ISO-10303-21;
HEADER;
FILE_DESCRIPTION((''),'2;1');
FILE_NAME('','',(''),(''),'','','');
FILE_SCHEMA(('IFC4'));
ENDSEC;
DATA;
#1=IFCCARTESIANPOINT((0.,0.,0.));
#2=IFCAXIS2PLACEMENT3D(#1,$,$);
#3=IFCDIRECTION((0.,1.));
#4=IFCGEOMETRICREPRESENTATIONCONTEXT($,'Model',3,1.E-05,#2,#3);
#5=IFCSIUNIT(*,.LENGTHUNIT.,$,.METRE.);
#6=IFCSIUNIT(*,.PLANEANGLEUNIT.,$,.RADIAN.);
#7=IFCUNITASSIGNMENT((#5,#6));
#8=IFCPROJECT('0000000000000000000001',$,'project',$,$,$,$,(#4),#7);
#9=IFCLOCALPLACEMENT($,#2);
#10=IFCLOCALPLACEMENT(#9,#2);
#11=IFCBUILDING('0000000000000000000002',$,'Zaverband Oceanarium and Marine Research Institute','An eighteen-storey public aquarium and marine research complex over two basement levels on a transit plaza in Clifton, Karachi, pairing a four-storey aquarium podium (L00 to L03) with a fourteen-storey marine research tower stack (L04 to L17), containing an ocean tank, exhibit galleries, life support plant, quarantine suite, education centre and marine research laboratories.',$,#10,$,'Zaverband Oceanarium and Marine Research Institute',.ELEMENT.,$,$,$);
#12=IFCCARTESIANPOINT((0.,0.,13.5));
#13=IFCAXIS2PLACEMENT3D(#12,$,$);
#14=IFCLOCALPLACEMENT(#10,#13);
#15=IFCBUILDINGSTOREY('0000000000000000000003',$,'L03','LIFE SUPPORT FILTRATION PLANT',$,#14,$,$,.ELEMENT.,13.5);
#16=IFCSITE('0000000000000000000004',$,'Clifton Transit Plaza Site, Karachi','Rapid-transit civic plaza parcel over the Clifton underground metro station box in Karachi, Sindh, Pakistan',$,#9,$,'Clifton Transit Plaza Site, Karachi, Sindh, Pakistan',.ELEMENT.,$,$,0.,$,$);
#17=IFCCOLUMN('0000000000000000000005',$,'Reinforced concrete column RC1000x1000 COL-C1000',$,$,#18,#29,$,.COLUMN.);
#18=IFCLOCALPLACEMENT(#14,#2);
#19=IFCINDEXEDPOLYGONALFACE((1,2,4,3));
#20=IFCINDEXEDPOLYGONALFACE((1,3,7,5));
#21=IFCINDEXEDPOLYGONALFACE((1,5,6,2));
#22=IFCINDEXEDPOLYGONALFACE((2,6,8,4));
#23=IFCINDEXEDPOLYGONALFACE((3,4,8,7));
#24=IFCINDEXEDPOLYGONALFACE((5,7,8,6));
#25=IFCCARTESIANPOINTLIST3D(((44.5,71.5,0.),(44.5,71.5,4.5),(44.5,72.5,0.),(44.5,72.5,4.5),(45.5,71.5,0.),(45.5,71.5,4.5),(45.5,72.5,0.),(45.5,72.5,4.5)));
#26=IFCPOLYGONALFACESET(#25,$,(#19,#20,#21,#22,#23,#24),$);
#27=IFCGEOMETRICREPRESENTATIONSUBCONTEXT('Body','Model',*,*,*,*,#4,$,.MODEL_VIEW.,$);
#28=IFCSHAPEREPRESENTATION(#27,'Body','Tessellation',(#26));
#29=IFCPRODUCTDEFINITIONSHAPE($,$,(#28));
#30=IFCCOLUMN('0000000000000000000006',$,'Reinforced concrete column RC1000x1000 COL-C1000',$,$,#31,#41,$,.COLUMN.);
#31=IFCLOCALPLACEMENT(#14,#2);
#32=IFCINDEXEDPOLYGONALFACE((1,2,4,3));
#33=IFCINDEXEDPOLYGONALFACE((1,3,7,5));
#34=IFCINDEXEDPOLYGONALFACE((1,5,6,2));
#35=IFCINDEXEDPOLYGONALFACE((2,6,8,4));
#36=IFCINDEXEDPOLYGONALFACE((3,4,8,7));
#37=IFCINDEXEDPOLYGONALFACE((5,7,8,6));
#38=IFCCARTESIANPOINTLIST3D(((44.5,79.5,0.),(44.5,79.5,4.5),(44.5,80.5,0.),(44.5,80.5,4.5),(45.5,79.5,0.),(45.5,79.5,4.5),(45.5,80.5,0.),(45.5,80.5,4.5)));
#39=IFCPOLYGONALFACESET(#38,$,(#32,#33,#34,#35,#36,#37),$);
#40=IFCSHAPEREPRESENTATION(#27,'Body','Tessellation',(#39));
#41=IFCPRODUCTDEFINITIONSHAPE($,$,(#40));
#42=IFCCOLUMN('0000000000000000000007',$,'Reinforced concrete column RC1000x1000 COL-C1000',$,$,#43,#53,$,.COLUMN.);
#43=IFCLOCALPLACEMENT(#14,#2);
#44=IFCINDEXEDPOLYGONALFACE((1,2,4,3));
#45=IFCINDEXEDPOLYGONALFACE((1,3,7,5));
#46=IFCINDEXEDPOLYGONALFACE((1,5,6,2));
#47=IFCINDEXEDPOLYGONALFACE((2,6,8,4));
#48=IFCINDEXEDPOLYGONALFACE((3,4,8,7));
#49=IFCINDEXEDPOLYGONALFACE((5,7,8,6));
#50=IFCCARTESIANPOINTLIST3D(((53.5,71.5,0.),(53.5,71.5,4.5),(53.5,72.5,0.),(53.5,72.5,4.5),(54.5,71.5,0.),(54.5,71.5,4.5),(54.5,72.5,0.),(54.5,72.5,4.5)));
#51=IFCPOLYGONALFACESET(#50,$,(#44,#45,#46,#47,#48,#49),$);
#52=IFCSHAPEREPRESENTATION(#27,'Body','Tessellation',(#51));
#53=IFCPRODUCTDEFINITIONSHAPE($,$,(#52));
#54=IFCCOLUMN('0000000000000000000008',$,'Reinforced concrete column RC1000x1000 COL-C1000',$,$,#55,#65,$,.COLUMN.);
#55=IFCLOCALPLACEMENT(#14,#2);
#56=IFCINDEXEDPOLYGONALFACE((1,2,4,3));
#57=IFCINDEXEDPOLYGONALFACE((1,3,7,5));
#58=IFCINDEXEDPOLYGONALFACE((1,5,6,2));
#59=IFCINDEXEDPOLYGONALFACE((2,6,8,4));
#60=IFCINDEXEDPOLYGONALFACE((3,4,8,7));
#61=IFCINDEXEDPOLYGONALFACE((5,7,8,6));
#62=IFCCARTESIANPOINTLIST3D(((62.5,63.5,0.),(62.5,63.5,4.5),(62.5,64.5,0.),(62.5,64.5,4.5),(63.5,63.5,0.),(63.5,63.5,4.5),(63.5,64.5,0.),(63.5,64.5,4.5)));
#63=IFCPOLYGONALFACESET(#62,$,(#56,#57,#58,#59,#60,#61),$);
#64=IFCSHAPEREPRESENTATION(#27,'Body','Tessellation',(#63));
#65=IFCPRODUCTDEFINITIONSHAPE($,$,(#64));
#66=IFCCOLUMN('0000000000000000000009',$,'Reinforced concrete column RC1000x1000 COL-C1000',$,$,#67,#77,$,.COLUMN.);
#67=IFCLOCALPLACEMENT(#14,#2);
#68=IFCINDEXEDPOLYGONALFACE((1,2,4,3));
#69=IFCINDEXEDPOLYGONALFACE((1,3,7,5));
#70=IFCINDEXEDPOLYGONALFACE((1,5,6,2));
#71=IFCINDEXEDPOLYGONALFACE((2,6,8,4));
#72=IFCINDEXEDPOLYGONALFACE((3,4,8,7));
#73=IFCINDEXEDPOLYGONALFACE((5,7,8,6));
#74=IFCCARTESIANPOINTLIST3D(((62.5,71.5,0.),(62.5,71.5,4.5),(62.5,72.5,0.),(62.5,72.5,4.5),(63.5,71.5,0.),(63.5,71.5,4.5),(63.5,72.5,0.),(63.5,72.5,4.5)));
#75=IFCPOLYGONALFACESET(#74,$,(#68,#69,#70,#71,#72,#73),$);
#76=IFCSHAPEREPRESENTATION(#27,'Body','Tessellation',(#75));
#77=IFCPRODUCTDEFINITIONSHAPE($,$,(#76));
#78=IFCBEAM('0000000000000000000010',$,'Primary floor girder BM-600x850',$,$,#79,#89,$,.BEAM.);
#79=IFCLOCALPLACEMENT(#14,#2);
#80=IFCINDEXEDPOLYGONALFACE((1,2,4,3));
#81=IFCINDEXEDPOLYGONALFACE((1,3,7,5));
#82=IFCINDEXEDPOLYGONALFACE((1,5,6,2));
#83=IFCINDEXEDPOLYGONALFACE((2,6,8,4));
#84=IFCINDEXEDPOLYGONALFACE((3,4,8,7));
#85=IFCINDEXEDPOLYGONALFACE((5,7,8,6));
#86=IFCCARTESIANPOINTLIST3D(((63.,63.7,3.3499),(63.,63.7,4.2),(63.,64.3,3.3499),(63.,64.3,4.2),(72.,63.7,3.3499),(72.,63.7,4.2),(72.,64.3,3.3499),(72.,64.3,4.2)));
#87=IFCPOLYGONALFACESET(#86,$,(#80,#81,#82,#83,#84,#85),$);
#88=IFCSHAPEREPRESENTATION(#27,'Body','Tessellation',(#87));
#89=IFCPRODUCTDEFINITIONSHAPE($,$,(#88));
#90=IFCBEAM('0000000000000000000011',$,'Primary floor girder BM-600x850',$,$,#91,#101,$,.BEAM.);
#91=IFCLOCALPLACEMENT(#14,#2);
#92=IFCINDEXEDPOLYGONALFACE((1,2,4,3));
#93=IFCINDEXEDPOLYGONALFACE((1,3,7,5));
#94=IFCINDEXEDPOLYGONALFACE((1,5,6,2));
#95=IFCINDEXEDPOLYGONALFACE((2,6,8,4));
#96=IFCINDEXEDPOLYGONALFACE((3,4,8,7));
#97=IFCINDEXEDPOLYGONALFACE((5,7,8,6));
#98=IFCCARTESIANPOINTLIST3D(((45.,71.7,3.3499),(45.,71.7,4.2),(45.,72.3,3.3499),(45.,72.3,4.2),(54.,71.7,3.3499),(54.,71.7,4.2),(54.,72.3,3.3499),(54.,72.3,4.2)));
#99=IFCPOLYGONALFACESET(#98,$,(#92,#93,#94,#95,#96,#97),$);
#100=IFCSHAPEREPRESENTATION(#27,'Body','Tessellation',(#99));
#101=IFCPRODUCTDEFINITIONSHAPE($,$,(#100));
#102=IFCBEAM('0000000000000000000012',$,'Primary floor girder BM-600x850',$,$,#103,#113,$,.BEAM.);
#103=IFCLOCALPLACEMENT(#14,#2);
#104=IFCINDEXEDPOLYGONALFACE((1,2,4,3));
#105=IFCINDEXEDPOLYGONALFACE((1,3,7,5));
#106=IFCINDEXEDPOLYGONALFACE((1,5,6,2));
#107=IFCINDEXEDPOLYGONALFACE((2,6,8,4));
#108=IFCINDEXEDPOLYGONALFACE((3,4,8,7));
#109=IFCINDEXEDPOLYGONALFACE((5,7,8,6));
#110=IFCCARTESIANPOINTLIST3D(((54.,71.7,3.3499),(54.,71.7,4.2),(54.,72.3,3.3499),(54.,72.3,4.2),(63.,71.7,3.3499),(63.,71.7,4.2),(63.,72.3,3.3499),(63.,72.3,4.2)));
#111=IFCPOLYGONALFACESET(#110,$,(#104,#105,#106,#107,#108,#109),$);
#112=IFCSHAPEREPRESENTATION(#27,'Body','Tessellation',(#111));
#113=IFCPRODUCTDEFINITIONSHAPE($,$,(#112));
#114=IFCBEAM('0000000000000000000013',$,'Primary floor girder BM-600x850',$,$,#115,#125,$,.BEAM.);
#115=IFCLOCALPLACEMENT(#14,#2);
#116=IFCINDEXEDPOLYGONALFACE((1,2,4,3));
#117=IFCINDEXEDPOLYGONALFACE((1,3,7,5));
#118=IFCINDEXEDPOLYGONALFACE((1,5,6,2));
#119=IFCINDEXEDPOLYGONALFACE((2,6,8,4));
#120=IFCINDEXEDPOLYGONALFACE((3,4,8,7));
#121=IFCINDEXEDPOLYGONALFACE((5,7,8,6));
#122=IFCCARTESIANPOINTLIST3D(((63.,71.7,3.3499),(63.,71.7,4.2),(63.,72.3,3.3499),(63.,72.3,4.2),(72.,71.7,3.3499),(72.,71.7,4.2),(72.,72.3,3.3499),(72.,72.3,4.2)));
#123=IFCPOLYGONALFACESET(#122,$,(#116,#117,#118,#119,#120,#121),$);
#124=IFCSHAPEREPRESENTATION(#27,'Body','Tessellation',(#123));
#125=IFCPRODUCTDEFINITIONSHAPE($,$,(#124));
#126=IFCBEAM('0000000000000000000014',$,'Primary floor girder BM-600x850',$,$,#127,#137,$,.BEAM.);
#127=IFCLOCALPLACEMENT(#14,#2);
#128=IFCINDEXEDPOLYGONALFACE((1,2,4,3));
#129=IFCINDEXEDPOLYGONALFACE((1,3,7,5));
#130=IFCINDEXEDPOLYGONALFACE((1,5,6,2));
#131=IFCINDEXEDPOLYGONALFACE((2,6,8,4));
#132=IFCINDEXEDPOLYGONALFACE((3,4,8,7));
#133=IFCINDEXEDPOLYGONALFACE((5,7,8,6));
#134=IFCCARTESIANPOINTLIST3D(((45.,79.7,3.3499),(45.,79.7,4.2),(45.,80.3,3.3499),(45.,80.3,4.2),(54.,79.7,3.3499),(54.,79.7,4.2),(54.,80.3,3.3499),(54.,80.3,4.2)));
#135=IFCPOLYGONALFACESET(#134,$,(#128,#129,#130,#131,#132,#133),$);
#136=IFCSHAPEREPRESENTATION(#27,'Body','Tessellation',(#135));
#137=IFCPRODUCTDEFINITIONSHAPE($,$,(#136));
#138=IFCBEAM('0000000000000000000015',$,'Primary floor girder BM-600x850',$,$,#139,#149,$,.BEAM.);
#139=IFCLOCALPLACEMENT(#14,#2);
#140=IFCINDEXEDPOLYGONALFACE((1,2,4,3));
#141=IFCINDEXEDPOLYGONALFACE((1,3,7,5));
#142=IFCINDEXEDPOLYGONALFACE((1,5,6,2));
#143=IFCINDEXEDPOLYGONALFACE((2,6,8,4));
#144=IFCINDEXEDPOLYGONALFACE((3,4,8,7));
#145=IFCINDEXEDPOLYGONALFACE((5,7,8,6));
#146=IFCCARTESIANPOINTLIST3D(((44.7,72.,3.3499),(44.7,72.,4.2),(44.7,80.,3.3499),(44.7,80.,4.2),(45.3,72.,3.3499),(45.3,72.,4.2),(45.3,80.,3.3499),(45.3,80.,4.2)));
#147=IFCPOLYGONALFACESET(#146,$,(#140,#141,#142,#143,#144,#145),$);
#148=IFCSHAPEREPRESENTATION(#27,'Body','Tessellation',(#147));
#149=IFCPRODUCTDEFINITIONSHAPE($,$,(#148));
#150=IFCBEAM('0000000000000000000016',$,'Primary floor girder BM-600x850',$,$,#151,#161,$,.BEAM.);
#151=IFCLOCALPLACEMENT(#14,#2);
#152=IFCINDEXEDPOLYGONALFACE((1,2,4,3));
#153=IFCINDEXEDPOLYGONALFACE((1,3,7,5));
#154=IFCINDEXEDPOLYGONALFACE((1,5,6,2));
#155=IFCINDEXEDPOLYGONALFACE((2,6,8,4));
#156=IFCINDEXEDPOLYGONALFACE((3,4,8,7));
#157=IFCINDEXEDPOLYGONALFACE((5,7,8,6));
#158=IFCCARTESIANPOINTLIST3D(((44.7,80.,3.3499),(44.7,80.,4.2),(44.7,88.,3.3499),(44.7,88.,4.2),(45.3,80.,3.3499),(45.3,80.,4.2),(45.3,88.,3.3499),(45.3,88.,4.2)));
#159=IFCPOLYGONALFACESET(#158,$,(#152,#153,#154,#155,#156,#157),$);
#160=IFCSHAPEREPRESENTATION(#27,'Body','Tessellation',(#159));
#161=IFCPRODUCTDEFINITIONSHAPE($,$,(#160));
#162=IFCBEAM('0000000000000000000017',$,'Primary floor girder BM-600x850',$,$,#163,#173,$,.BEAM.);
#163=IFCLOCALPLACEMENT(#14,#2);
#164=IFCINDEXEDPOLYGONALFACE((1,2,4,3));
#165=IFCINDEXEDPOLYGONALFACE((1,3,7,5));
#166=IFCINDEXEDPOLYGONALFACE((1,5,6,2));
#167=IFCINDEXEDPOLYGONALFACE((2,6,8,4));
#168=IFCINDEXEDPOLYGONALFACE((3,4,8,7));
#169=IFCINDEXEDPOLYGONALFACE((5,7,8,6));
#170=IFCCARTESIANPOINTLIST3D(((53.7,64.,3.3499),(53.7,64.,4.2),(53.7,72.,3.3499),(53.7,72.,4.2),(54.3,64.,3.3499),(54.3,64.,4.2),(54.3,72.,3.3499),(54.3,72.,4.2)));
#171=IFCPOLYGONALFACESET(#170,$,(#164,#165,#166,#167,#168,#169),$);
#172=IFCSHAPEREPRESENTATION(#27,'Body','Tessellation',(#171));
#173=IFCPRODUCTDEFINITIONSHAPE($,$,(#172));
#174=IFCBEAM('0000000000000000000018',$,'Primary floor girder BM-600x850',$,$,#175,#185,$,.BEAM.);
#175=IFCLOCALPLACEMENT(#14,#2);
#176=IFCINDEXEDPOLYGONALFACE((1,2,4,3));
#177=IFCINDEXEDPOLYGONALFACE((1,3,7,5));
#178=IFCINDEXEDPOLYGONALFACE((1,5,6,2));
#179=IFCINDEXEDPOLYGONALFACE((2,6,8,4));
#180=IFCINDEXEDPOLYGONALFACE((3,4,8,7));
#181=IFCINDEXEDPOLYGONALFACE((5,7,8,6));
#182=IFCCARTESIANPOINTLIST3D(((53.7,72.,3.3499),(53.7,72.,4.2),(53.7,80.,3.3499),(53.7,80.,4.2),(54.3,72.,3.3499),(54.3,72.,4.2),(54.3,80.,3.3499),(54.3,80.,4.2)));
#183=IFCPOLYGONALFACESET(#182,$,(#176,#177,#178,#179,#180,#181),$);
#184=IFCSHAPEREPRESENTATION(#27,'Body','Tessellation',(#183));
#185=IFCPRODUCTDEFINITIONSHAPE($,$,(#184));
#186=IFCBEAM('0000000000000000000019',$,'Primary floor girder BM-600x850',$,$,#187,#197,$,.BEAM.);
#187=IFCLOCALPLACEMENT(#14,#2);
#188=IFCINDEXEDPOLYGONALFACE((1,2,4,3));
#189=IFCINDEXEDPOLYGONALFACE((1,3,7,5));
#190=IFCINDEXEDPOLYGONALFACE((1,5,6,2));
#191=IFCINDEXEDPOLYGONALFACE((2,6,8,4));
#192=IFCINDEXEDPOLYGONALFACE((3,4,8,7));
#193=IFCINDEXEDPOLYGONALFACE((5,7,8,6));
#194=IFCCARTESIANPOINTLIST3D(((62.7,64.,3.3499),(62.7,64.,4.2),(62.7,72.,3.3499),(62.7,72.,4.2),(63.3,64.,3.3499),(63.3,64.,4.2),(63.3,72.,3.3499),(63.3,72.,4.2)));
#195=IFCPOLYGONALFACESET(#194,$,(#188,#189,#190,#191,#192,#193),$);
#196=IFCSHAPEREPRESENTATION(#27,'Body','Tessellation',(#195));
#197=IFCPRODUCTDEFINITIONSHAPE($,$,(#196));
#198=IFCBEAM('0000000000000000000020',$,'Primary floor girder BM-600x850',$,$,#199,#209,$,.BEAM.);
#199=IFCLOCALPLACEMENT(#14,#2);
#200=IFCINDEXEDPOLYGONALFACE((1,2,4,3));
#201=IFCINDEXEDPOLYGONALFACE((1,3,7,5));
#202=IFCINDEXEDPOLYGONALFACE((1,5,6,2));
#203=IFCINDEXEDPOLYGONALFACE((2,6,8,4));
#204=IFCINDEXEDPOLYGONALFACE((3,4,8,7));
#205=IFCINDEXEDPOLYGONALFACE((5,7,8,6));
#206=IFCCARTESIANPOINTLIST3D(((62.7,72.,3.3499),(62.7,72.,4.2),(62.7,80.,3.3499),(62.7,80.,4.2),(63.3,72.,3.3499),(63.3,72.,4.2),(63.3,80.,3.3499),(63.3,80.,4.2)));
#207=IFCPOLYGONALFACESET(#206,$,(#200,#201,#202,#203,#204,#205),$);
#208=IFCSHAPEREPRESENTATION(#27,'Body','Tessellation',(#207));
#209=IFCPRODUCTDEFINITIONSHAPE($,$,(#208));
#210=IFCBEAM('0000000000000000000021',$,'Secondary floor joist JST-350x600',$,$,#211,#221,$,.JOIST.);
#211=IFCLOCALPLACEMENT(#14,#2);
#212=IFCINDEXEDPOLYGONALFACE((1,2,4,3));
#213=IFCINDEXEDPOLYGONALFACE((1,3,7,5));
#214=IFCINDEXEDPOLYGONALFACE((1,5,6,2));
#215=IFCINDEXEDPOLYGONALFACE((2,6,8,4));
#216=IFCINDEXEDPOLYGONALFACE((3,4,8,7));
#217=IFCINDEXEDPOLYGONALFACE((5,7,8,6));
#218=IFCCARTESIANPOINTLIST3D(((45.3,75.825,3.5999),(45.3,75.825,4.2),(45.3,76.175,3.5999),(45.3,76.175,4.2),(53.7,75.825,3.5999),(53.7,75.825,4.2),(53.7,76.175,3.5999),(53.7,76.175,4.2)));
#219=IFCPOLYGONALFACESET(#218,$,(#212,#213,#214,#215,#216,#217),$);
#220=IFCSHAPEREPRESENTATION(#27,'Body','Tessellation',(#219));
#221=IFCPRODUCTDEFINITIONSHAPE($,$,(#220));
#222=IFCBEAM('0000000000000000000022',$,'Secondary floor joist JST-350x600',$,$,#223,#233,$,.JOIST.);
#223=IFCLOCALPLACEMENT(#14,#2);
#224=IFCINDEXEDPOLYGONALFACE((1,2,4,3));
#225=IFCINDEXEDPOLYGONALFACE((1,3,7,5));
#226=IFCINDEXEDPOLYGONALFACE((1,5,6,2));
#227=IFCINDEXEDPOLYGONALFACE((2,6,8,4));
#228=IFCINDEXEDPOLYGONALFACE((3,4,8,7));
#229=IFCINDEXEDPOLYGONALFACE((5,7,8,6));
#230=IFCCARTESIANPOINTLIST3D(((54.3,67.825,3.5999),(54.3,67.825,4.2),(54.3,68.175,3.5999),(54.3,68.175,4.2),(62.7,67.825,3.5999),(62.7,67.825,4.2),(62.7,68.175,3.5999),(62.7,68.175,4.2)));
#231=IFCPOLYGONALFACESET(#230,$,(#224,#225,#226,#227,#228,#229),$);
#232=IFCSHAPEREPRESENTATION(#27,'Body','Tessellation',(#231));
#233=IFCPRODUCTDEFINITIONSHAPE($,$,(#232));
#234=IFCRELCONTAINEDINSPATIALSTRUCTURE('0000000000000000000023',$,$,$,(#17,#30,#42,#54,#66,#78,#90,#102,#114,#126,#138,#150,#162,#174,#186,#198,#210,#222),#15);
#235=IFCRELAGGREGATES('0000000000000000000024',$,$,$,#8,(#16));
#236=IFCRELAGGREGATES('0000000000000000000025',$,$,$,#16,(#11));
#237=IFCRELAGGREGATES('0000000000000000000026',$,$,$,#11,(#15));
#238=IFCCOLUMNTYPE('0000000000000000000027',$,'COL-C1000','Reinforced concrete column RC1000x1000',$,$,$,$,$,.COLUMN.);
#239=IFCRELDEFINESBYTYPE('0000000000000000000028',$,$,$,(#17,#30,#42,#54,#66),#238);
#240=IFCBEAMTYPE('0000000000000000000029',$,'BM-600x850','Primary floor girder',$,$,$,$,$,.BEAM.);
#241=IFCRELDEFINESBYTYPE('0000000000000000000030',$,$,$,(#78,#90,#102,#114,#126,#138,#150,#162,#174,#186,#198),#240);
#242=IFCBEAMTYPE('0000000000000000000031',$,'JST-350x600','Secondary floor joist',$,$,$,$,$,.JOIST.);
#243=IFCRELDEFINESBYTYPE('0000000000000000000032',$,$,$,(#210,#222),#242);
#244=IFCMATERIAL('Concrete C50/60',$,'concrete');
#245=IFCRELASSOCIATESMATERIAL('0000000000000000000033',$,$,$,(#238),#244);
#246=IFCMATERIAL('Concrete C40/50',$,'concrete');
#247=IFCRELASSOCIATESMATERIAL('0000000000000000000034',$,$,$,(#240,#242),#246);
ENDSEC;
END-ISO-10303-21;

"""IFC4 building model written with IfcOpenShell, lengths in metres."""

from ifc_helpers import new_model, si_unit, direction, frame, origin, origin_2d, place, context, subcontext, project, spatial, rectangle, extrude, material, material_profile, profile_set, type_object, element, save


model = new_model("IFC4")

# Units and contexts
model_context = context("Model", 3, precision=1e-05, world=origin(), true_north=direction((0.0, 1.0)))
body_context = subcontext(model_context, "Body", "Model", "MODEL_VIEW")
ifc_project = project(units=[si_unit("LENGTHUNIT", "METRE"), si_unit("PLANEANGLEUNIT", "RADIAN")], contexts=[model_context])

# Site, building, storey
site_placement = place(None, origin())
site = spatial("IfcSite", under=ifc_project, at=site_placement, Name="Clifton Transit Plaza Site, Karachi", Description="Rapid-transit civic plaza parcel over the Clifton underground metro station box in Karachi, Sindh, Pakistan", LongName="Clifton Transit Plaza Site, Karachi, Sindh, Pakistan", CompositionType="ELEMENT", RefElevation=0.0)
building_placement = place(site_placement, origin())
building = spatial("IfcBuilding", under=site, at=building_placement, Name="Zaverband Oceanarium and Marine Research Institute", Description="An eighteen-storey public aquarium and marine research complex over two basement levels on a transit plaza in Clifton, Karachi, pairing a four-storey aquarium podium (L00 to L03) with a fourteen-storey marine research tower stack (L04 to L17), containing an ocean tank, exhibit galleries, life support plant, quarantine suite, education centre and marine research laboratories.", LongName="Zaverband Oceanarium and Marine Research Institute", CompositionType="ELEMENT")
storey_placement = place(building_placement, frame((0.0, 0.0, 13.5)))
storey = spatial("IfcBuildingStorey", under=building, at=storey_placement, Name="L03", Description="LIFE SUPPORT FILTRATION PLANT", CompositionType="ELEMENT", Elevation=13.5)

# Columns
ifc_material_1 = material(Name="Concrete C50/60", Category="concrete")
ifc_material_profile_1 = material_profile(ifc_material_1, rectangle(XDim=1.0, YDim=1.0, at=origin_2d()), Name="RC1000x1000")
ifc_profile_set_1 = profile_set([ifc_material_profile_1], Name="Concrete C50/60")
column_type = type_object("IfcColumnType", Name="COL-C1000", Description="Reinforced concrete column RC1000x1000", PredefinedType="COLUMN", material=ifc_profile_set_1)
for number, where, z_axis, x_axis, name in (
    (1, (45.0, 72.0, 0.0), (0.0, 0.0, 1.0), (1.0, 0.0, 0.0), "Reinforced concrete column RC1000x1000 COL-C1000"),
    (2, (45.0, 80.0, 0.0), (0.0, 0.0, 1.0), (1.0, 0.0, 0.0), "Reinforced concrete column RC1000x1000 COL-C1000"),
    (3, (54.0, 72.0, 0.0), (0.0, 0.0, 1.0), (1.0, 0.0, 0.0), "Reinforced concrete column RC1000x1000 COL-C1000"),
    (4, (63.0, 64.0, 0.0), (0.0, 0.0, 1.0), (1.0, 0.0, 0.0), "Reinforced concrete column RC1000x1000 COL-C1000"),
    (5, (63.0, 72.0, 0.0), (0.0, 0.0, 1.0), (1.0, 0.0, 0.0), "Reinforced concrete column RC1000x1000 COL-C1000"),
):
    element("IfcColumn", number, at=place(storey_placement, frame(where, z_axis=z_axis, x_axis=x_axis)), inside=storey, type_object=column_type, Name=name, PredefinedType="COLUMN", context=body_context, shape_type="SweptSolid", body=[
        extrude(rectangle(XDim=1.0, YDim=1.0, at=origin_2d()), origin(), (0.0, 0.0, 1.0), 4.5),
    ])

# Beams
ifc_material_2 = material(Name="Concrete C40/50", Category="concrete")
ifc_material_profile_2 = material_profile(ifc_material_2, rectangle(XDim=0.6001, YDim=0.8501, at=origin_2d()), Name="RC600x850")
ifc_profile_set_2 = profile_set([ifc_material_profile_2], Name="Concrete C40/50")
beam_type_1 = type_object("IfcBeamType", Name="BM-600x850", Description="Primary floor girder", PredefinedType="BEAM", material=ifc_profile_set_2)
for number, where, z_axis, x_axis, name in (
    (6, (63.0, 64.0, 3.7749), (1.0, 0.0, 0.0), (0.0, 1.0, 0.0), "Primary floor girder BM-600x850"),
    (7, (45.0, 72.0, 3.7749), (1.0, 0.0, 0.0), (0.0, 1.0, 0.0), "Primary floor girder BM-600x850"),
    (8, (54.0, 72.0, 3.7749), (1.0, 0.0, 0.0), (0.0, 1.0, 0.0), "Primary floor girder BM-600x850"),
    (9, (63.0, 72.0, 3.7749), (1.0, 0.0, 0.0), (0.0, 1.0, 0.0), "Primary floor girder BM-600x850"),
    (10, (45.0, 80.0, 3.7749), (1.0, 0.0, 0.0), (0.0, 1.0, 0.0), "Primary floor girder BM-600x850"),
):
    element("IfcBeam", number, at=place(storey_placement, frame(where, z_axis=z_axis, x_axis=x_axis)), inside=storey, type_object=beam_type_1, Name=name, PredefinedType="BEAM", context=body_context, shape_type="SweptSolid", body=[
        extrude(rectangle(XDim=0.6001, YDim=0.8501, at=origin_2d()), origin(), (0.0, 0.0, 1.0), 9.0),
    ])
for number, where, z_axis, x_axis, name in (
    (11, (45.0, 72.0, 3.7749), (0.0, 1.0, 0.0), (-1.0, 0.0, 0.0), "Primary floor girder BM-600x850"),
    (12, (45.0, 80.0, 3.7749), (0.0, 1.0, 0.0), (-1.0, 0.0, 0.0), "Primary floor girder BM-600x850"),
    (13, (54.0, 64.0, 3.7749), (0.0, 1.0, 0.0), (-1.0, 0.0, 0.0), "Primary floor girder BM-600x850"),
    (14, (54.0, 72.0, 3.7749), (0.0, 1.0, 0.0), (-1.0, 0.0, 0.0), "Primary floor girder BM-600x850"),
    (15, (63.0, 64.0, 3.7749), (0.0, 1.0, 0.0), (-1.0, 0.0, 0.0), "Primary floor girder BM-600x850"),
    (16, (63.0, 72.0, 3.7749), (0.0, 1.0, 0.0), (-1.0, 0.0, 0.0), "Primary floor girder BM-600x850"),
):
    element("IfcBeam", number, at=place(storey_placement, frame(where, z_axis=z_axis, x_axis=x_axis)), inside=storey, type_object=beam_type_1, Name=name, PredefinedType="BEAM", context=body_context, shape_type="SweptSolid", body=[
        extrude(rectangle(XDim=0.6001, YDim=0.8501, at=origin_2d()), origin(), (0.0, 0.0, 1.0), 8.0),
    ])
ifc_material_profile_3 = material_profile(ifc_material_2, rectangle(XDim=0.3501, YDim=0.6001, at=origin_2d()), Name="RC350x600")
ifc_profile_set_3 = profile_set([ifc_material_profile_3], Name="Concrete C40/50")
beam_type_2 = type_object("IfcBeamType", Name="JST-350x600", Description="Secondary floor joist", PredefinedType="JOIST", material=ifc_profile_set_3)
for number, where, z_axis, x_axis, name in (
    (17, (45.3, 76.0, 3.8999), (1.0, 0.0, 0.0), (0.0, 1.0, 0.0), "Secondary floor joist JST-350x600"),
    (18, (54.3, 68.0, 3.8999), (1.0, 0.0, 0.0), (0.0, 1.0, 0.0), "Secondary floor joist JST-350x600"),
):
    element("IfcBeam", number, at=place(storey_placement, frame(where, z_axis=z_axis, x_axis=x_axis)), inside=storey, type_object=beam_type_2, Name=name, PredefinedType="JOIST", context=body_context, shape_type="SweptSolid", body=[
        extrude(rectangle(XDim=0.3501, YDim=0.6001, at=origin_2d()), origin(), (0.0, 0.0, 1.0), 8.3999),
    ])

save(model, "model.ifc")
